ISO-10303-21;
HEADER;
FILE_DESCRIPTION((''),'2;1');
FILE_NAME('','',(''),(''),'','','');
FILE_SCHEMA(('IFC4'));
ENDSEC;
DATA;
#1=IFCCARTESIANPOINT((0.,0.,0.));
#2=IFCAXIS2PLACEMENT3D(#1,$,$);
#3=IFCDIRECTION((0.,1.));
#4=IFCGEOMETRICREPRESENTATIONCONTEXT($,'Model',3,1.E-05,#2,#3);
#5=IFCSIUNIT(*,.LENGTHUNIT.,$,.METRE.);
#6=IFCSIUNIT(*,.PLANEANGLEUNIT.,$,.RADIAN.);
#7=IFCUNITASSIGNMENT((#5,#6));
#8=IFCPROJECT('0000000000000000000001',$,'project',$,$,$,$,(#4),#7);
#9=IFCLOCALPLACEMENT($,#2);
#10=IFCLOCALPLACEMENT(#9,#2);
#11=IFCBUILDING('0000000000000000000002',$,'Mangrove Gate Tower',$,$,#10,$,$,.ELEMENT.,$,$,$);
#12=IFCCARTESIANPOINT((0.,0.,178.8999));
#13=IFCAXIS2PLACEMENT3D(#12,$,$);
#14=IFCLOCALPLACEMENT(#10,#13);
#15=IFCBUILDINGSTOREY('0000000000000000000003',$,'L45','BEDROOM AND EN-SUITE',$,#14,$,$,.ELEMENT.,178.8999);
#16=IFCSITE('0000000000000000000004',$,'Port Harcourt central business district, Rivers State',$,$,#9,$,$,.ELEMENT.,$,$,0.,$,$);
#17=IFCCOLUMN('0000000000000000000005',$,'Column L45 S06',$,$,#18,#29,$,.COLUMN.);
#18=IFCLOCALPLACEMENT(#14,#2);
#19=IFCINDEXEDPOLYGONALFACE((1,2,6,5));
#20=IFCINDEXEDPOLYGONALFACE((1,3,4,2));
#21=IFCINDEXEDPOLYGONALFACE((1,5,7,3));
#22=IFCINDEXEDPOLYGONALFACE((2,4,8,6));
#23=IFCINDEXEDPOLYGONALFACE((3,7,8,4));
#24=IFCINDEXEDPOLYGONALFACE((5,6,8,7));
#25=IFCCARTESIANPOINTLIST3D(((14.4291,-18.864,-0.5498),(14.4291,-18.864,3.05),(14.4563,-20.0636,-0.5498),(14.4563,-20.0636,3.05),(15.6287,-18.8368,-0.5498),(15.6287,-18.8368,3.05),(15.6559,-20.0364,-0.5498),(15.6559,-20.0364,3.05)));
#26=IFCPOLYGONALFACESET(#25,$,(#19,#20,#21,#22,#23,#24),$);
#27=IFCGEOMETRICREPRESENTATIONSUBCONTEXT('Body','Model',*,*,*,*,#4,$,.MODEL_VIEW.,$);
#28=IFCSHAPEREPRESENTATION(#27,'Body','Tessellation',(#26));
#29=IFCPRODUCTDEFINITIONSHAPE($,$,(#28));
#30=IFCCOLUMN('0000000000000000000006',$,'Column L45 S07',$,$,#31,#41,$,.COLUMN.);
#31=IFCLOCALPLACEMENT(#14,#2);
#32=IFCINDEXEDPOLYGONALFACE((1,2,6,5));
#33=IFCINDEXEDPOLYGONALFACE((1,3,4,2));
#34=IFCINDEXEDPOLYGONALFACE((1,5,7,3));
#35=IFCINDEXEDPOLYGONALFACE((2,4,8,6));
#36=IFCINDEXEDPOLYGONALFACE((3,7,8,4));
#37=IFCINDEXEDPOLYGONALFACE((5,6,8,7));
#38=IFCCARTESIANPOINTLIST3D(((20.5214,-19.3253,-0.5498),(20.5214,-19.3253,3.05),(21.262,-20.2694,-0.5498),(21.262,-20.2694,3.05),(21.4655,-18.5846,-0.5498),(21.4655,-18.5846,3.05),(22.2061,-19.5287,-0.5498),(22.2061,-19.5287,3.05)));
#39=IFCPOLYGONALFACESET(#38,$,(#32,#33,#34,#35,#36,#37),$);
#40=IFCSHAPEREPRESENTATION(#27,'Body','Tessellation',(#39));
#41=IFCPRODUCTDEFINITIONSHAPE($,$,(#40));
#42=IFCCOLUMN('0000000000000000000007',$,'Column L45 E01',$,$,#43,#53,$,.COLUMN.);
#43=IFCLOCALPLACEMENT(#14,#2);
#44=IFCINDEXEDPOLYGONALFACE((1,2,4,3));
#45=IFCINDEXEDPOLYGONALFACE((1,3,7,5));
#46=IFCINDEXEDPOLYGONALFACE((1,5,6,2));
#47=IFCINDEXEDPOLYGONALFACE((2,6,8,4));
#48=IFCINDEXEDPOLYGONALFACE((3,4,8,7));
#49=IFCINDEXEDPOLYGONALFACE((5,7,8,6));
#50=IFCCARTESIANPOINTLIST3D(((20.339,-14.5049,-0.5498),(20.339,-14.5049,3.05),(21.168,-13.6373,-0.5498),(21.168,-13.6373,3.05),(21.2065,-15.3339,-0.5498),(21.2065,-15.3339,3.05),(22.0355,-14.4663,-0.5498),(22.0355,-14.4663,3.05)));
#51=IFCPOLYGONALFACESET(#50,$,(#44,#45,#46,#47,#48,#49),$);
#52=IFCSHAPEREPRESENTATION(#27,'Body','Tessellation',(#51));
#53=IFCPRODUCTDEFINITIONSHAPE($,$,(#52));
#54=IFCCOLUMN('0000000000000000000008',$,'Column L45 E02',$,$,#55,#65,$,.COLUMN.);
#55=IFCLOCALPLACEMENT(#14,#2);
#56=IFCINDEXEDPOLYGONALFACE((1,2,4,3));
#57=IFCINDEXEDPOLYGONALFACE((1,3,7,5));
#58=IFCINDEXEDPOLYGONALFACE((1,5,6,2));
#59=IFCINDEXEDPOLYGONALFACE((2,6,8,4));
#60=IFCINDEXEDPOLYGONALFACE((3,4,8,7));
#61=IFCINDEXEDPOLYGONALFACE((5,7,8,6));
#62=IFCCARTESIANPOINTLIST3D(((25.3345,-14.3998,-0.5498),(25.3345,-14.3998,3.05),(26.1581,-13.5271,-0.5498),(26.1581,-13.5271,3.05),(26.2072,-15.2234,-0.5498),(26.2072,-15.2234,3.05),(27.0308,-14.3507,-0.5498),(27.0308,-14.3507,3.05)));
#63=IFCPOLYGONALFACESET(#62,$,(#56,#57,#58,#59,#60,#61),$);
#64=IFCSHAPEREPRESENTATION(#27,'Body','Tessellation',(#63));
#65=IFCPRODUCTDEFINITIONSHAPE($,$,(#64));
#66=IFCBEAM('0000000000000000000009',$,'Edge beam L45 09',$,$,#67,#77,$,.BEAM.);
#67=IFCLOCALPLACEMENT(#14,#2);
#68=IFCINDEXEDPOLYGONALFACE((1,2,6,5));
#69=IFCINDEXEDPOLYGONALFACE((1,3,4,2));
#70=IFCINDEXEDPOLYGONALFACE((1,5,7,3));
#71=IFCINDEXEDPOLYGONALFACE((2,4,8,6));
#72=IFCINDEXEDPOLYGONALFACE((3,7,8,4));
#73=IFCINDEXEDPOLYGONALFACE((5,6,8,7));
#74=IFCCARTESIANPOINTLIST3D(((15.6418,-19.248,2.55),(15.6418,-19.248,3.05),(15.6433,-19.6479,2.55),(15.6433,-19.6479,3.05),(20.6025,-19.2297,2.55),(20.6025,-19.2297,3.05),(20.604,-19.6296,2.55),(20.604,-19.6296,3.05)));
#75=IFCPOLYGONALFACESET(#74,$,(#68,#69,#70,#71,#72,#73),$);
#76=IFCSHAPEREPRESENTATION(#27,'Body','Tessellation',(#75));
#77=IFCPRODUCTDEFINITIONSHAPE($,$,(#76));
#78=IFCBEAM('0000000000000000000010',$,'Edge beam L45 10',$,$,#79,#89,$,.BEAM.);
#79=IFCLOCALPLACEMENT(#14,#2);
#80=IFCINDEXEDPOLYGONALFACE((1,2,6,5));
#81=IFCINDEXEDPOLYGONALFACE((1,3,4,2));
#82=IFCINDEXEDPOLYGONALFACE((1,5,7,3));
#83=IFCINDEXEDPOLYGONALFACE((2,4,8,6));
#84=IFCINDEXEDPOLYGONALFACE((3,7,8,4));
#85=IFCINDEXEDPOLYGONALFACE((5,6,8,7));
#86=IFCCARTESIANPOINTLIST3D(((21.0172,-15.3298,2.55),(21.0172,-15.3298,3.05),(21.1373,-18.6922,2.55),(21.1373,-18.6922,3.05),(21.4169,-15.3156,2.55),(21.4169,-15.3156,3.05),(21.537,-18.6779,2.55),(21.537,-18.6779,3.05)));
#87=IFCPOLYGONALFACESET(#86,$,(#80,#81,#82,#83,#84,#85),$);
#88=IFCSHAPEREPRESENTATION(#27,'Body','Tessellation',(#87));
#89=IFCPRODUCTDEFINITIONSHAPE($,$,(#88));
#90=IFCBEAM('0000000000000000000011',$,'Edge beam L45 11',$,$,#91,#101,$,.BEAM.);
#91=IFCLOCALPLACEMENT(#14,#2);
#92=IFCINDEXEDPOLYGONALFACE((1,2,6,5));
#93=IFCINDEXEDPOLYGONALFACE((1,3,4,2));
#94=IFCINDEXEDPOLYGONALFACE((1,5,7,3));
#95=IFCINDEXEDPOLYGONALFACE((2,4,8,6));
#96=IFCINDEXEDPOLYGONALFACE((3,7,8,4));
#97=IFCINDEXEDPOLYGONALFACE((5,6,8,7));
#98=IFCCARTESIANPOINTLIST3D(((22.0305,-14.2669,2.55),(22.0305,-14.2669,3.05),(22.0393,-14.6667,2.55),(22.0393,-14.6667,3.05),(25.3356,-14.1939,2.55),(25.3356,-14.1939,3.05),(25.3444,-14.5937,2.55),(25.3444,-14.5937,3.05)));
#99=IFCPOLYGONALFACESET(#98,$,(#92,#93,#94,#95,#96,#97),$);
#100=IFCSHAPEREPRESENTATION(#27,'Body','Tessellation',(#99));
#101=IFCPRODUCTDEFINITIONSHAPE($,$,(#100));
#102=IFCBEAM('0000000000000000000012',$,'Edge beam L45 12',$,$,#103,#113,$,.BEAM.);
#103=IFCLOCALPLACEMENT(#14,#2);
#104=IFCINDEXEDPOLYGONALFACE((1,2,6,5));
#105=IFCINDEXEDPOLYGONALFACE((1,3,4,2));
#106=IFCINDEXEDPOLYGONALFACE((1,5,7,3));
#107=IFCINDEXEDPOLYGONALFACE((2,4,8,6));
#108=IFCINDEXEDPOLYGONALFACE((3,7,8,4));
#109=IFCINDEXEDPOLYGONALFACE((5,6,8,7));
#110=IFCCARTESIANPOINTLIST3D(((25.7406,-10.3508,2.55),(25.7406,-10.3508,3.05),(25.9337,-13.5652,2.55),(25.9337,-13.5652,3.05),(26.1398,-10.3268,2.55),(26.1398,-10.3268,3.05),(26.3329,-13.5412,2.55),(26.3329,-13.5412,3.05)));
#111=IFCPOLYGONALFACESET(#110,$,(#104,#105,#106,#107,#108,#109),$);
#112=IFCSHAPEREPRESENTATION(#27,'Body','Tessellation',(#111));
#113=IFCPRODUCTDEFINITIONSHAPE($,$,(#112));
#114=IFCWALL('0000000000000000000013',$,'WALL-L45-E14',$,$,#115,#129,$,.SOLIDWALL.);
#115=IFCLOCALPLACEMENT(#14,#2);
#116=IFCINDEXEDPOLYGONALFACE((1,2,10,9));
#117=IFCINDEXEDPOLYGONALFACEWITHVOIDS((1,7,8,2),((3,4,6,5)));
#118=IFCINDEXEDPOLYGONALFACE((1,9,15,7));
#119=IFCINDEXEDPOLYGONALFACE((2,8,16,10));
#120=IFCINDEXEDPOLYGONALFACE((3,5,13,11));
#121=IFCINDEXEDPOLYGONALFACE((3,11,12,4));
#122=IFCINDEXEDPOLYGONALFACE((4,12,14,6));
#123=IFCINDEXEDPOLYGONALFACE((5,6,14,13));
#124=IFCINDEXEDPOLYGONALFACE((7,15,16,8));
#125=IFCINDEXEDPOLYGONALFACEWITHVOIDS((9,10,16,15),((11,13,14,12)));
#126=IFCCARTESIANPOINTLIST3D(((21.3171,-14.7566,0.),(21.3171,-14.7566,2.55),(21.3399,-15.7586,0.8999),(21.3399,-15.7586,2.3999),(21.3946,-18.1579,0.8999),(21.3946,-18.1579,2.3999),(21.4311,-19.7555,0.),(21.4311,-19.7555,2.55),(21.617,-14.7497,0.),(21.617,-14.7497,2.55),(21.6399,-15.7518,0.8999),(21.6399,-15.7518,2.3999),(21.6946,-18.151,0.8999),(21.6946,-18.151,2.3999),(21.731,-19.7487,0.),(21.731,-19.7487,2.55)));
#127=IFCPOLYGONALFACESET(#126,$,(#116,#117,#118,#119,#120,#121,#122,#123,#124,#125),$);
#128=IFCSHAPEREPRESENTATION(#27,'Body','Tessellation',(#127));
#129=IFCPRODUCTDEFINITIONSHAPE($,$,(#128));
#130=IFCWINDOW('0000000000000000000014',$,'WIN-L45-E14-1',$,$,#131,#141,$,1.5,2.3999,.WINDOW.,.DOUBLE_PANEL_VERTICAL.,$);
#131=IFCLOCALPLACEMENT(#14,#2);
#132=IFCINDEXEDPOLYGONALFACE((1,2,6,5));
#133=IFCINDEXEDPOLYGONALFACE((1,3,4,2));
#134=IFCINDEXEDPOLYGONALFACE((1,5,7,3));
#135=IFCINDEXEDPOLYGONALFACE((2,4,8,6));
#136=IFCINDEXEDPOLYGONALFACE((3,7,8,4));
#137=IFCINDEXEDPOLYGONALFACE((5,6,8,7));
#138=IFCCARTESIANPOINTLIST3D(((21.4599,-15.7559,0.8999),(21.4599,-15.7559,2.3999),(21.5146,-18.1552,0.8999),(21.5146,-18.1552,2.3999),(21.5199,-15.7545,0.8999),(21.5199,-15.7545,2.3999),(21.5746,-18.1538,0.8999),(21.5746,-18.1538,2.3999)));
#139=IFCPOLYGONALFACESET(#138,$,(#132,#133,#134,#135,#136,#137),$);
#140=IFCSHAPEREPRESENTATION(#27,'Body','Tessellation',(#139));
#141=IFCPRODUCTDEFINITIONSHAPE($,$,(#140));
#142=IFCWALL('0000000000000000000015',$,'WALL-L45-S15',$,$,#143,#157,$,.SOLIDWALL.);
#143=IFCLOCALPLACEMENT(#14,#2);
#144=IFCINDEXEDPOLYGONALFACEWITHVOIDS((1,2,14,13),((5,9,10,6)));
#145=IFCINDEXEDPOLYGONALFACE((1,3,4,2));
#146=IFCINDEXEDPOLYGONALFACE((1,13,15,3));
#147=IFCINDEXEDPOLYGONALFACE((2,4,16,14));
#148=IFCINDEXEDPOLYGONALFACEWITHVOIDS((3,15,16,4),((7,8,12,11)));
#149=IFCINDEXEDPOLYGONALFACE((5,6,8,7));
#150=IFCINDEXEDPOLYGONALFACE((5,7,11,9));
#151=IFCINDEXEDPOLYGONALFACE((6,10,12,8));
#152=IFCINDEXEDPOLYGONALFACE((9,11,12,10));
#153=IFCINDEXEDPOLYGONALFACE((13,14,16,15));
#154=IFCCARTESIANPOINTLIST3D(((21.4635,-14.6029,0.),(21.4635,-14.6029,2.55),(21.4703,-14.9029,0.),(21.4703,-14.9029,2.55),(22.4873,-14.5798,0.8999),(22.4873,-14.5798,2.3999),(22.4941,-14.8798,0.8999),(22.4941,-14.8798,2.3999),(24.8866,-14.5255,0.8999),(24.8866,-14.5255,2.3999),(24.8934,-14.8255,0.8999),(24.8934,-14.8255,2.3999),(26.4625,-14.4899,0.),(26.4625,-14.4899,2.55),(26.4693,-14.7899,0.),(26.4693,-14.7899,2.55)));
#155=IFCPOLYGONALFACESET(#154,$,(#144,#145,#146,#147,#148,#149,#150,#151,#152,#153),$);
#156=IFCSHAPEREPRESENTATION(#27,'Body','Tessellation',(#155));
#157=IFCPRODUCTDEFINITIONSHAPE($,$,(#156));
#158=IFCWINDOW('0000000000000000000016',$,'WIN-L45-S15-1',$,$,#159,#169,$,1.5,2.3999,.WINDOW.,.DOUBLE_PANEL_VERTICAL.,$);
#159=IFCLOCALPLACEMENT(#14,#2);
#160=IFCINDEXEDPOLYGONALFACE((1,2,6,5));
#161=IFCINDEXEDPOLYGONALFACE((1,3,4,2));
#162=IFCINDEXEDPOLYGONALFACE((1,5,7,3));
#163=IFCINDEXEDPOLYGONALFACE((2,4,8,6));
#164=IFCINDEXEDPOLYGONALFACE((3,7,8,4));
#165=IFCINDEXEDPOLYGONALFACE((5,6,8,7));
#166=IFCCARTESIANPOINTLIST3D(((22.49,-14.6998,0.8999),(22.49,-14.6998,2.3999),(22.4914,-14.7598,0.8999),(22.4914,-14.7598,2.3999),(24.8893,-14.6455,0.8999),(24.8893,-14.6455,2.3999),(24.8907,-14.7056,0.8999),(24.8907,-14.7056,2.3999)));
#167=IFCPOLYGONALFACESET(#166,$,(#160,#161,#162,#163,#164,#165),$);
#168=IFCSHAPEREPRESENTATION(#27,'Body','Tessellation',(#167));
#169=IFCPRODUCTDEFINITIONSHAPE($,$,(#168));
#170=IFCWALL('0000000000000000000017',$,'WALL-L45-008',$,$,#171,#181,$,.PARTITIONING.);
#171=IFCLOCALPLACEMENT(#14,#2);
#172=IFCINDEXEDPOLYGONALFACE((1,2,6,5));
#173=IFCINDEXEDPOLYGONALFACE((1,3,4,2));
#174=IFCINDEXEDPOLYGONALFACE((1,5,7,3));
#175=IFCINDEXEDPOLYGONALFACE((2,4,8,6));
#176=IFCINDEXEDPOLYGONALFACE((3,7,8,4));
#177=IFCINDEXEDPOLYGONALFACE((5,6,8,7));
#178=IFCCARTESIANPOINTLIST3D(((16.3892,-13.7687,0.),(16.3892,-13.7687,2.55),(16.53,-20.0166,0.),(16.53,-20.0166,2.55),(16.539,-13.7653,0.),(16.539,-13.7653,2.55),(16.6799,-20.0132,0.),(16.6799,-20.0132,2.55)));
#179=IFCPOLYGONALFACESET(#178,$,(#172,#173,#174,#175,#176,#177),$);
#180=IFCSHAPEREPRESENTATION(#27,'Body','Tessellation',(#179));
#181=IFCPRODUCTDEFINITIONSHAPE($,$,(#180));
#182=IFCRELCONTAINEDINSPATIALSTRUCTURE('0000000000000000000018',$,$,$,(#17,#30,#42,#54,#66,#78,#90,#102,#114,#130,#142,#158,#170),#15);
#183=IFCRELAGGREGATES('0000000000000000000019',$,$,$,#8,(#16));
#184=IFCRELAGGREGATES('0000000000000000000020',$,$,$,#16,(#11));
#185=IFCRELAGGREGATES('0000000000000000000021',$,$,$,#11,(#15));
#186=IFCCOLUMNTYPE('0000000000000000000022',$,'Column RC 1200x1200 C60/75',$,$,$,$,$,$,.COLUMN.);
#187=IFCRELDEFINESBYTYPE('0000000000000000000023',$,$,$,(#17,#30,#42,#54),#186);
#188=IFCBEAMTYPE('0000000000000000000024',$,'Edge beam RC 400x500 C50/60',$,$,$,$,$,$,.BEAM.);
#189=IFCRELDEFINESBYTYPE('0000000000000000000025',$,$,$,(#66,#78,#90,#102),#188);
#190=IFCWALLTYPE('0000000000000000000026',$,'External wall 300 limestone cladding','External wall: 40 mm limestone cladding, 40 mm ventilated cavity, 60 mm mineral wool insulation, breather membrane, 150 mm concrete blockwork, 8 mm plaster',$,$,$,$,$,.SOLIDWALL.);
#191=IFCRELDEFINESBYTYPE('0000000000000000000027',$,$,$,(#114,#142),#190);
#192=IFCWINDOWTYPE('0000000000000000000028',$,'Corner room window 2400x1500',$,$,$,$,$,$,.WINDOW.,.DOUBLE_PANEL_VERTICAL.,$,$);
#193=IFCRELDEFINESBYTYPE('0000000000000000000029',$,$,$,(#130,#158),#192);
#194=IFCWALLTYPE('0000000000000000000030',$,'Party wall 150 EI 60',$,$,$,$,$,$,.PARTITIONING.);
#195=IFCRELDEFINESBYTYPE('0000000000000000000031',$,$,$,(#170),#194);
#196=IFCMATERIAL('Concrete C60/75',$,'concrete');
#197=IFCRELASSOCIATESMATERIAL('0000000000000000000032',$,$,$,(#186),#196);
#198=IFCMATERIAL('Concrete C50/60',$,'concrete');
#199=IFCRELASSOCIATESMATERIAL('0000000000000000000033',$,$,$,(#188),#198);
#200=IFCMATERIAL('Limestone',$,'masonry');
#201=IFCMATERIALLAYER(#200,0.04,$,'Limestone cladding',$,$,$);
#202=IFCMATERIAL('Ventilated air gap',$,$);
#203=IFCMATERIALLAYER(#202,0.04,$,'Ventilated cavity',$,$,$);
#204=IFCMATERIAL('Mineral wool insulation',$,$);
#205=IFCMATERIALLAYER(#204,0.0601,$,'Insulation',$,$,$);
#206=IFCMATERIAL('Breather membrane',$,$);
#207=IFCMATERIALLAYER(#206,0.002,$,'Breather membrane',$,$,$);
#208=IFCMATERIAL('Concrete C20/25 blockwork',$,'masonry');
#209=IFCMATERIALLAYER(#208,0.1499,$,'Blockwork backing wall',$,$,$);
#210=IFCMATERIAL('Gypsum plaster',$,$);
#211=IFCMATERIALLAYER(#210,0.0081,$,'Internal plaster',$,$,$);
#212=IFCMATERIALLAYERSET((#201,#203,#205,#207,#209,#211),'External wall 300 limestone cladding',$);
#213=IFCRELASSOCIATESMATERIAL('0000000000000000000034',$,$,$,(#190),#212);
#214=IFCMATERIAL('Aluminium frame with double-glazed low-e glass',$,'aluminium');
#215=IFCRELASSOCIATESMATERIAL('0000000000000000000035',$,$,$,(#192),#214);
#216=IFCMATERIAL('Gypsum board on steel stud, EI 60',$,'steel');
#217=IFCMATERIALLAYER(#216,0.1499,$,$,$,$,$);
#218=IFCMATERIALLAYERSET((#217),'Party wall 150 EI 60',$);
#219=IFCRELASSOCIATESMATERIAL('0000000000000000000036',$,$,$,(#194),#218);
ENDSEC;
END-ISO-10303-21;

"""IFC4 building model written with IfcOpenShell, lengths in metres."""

from ifc_helpers import new_model, si_unit, direction, frame, frame_2d, origin, origin_2d, place, context, subcontext, project, spatial, rectangle, extrude, material, layer, layer_set, material_profile, profile_set, type_object, element, fill, save


model = new_model("IFC4")

# Units and contexts
model_context = context("Model", 3, precision=1e-05, world=origin(), true_north=direction((0.0, 1.0)))
body_context = subcontext(model_context, "Body", "Model", "MODEL_VIEW")
ifc_project = project(units=[si_unit("LENGTHUNIT", "METRE"), si_unit("PLANEANGLEUNIT", "RADIAN")], contexts=[model_context])

# Site, building, storey
site_placement = place(None, origin())
site = spatial("IfcSite", under=ifc_project, at=site_placement, Name="Port Harcourt central business district, Rivers State", CompositionType="ELEMENT", RefElevation=0.0)
building_placement = place(site_placement, origin())
building = spatial("IfcBuilding", under=site, at=building_placement, Name="Mangrove Gate Tower", CompositionType="ELEMENT")
storey_placement = place(building_placement, frame((0.0, 0.0, 178.8999)))
storey = spatial("IfcBuildingStorey", under=building, at=storey_placement, Name="L45", Description="BEDROOM AND EN-SUITE", CompositionType="ELEMENT", Elevation=178.8999)

# Columns
ifc_material_1 = material(Name="Concrete C60/75", Category="concrete")
ifc_material_profile_1 = material_profile(ifc_material_1, rectangle(XDim=1.2, YDim=1.2, at=origin_2d()))
ifc_profile_set_1 = profile_set([ifc_material_profile_1], Name="Concrete C60/75")
column_type = type_object("IfcColumnType", Name="Column RC 1200x1200 C60/75", PredefinedType="COLUMN", material=ifc_profile_set_1)
for number, where, z_axis, x_axis, name in (
    (1, (15.0425, -19.4502, -0.5498), (0.0, 0.0, 1.0), (0.999743, 0.022681, 0.0), "Column L45 S06"),
    (2, (21.3638, -19.427, -0.5498), (0.0, 0.0, 1.0), (0.786796, 0.617213, 0.0), "Column L45 S07"),
    (3, (21.1873, -14.4856, -0.5498), (0.0, 0.0, 1.0), (0.690873, 0.722977, 0.0), "Column L45 E01"),
    (4, (26.1826, -14.3752, -0.5498), (0.0, 0.0, 1.0), (0.686359, 0.727263, 0.0), "Column L45 E02"),
):
    element("IfcColumn", number, at=place(storey_placement, frame(where, z_axis=z_axis, x_axis=x_axis)), inside=storey, type_object=column_type, Name=name, PredefinedType="COLUMN", context=body_context, shape_type="SweptSolid", body=[
        extrude(rectangle(XDim=1.2, YDim=1.2, at=origin_2d()), origin(), (0.0, 0.0, 1.0), 3.5999),
    ])

# Beams
ifc_material_2 = material(Name="Concrete C50/60", Category="concrete")
ifc_material_profile_2 = material_profile(ifc_material_2, rectangle(XDim=0.3999, YDim=0.5, at=origin_2d()))
ifc_profile_set_2 = profile_set([ifc_material_profile_2], Name="Concrete C50/60")
beam_type = type_object("IfcBeamType", Name="Edge beam RC 400x500 C50/60", PredefinedType="BEAM", material=ifc_profile_set_2)
beam_1_placement = place(storey_placement, frame((15.6426, -19.448, 2.8), z_axis=(0.999993, 0.003691, 0.0), x_axis=(-0.003691, 0.999993, 0.0)))
element("IfcBeam", 5, at=beam_1_placement, inside=storey, type_object=beam_type, Name="Edge beam L45 09", PredefinedType="BEAM", context=body_context, shape_type="SweptSolid", body=[
    extrude(rectangle(XDim=0.3999, YDim=0.5, at=origin_2d()), origin(), (0.0, 0.0, 1.0), 4.9607),
])
beam_2_placement = place(storey_placement, frame((21.3372, -18.6851, 2.8), z_axis=(-0.035702, 0.999362, 0.0), x_axis=(-0.999362, -0.035702, 0.0)))
element("IfcBeam", 6, at=beam_2_placement, inside=storey, type_object=beam_type, Name="Edge beam L45 10", PredefinedType="BEAM", context=body_context, shape_type="SweptSolid", body=[
    extrude(rectangle(XDim=0.3999, YDim=0.5, at=origin_2d()), origin(), (0.0, 0.0, 1.0), 3.3645),
])
beam_3_placement = place(storey_placement, frame((22.0349, -14.4668, 2.8), z_axis=(0.999756, 0.022081, 0.0), x_axis=(-0.022081, 0.999756, 0.0)))
element("IfcBeam", 7, at=beam_3_placement, inside=storey, type_object=beam_type, Name="Edge beam L45 11", PredefinedType="BEAM", context=body_context, shape_type="SweptSolid", body=[
    extrude(rectangle(XDim=0.3999, YDim=0.5, at=origin_2d()), origin(), (0.0, 0.0, 1.0), 3.3059),
])
beam_4_placement = place(storey_placement, frame((26.1333, -13.5532, 2.8), z_axis=(-0.059971, 0.9982, 0.0), x_axis=(-0.9982, -0.059971, 0.0)))
element("IfcBeam", 8, at=beam_4_placement, inside=storey, type_object=beam_type, Name="Edge beam L45 12", PredefinedType="BEAM", context=body_context, shape_type="SweptSolid", body=[
    extrude(rectangle(XDim=0.3999, YDim=0.5, at=origin_2d()), origin(), (0.0, 0.0, 1.0), 3.2202),
])

# Shared definitions
ifc_material_3 = material(Name="Limestone", Category="masonry")
ifc_layer_1 = layer(ifc_material_3, 0.04, Name="Limestone cladding")
ifc_material_4 = material(Name="Ventilated air gap")
ifc_layer_2 = layer(ifc_material_4, 0.04, Name="Ventilated cavity")
ifc_material_5 = material(Name="Mineral wool insulation")
ifc_layer_3 = layer(ifc_material_5, 0.0601, Name="Insulation")
ifc_material_6 = material(Name="Breather membrane")
ifc_layer_4 = layer(ifc_material_6, 0.002, Name="Breather membrane")
ifc_material_7 = material(Name="Concrete C20/25 blockwork", Category="masonry")
ifc_layer_5 = layer(ifc_material_7, 0.1499, Name="Blockwork backing wall")
ifc_material_8 = material(Name="Gypsum plaster")
ifc_layer_6 = layer(ifc_material_8, 0.0081, Name="Internal plaster")
ifc_layer_set_1 = layer_set([ifc_layer_1, ifc_layer_2, ifc_layer_3, ifc_layer_4, ifc_layer_5, ifc_layer_6], Name="External wall 300 limestone cladding")
wall_type_1 = type_object("IfcWallType", Name="External wall 300 limestone cladding", Description="External wall: 40 mm limestone cladding, 40 mm ventilated cavity, 60 mm mineral wool insulation, breather membrane, 150 mm concrete blockwork, 8 mm plaster", PredefinedType="SOLIDWALL", material=ifc_layer_set_1)

# Walls, openings, windows
wall_1_placement = place(storey_placement, frame((21.5811, -19.752, 0.0), z_axis=(0.0, 0.0, 1.0), x_axis=(-0.022801, 0.99974, 0.0)))
wall_1 = element("IfcWall", 9, at=wall_1_placement, inside=storey, type_object=wall_type_1, Name="WALL-L45-E14", PredefinedType="SOLIDWALL", context=body_context, shape_type="SweptSolid", body=[
    extrude(rectangle(XDim=5.0002, YDim=0.3, at=frame_2d((2.5, 0.0))), origin(), (0.0, 0.0, 1.0), 2.55),
])
opening_1_placement = place(wall_1_placement, frame((1.5979, 0.0, 0.8999)))
opening_1 = element("IfcOpeningElement", 10, at=opening_1_placement, cuts=wall_1, PredefinedType="OPENING", context=body_context, shape_type="SweptSolid", body=[
    extrude(rectangle(XDim=2.3999, YDim=1.5, at=frame_2d((1.2, 0.75))), frame((0.0, 0.1599, 0.0), z_axis=(0.0, -1.0, 0.0), x_axis=(1.0, 0.0, 0.0)), (0.0, 0.0, 1.0), 0.3201),
])
ifc_material_9 = material(Name="Aluminium frame with double-glazed low-e glass", Category="aluminium")
window_type_1 = type_object("IfcWindowType", Name="Corner room window 2400x1500", PartitioningType="DOUBLE_PANEL_VERTICAL", PredefinedType="WINDOW", material=ifc_material_9)
window_1_placement = place(opening_1_placement, origin())
window_1 = element("IfcWindow", 11, at=window_1_placement, inside=storey, type_object=window_type_1, Name="WIN-L45-E14-1", OverallHeight=1.5, OverallWidth=2.3999, PartitioningType="DOUBLE_PANEL_VERTICAL", PredefinedType="WINDOW", context=body_context, shape_type="SweptSolid", body=[
    extrude(rectangle(XDim=2.3999, YDim=1.5, at=frame_2d((1.2, 0.75))), frame((0.0, 0.03, 0.0), z_axis=(0.0, -1.0, 0.0), x_axis=(1.0, 0.0, 0.0)), (0.0, 0.0, 1.0), 0.0601),
])
fill(opening_1, window_1)
wall_2_placement = place(storey_placement, frame((21.467, -14.7529, 0.0), z_axis=(0.0, 0.0, 1.0), x_axis=(0.999744, 0.022606, 0.0)))
wall_2 = element("IfcWall", 12, at=wall_2_placement, inside=storey, type_object=wall_type_1, Name="WALL-L45-S15", PredefinedType="SOLIDWALL", context=body_context, shape_type="SweptSolid", body=[
    extrude(rectangle(XDim=5.0002, YDim=0.3, at=frame_2d((2.5, 0.0))), origin(), (0.0, 0.0, 1.0), 2.55),
])
opening_2_placement = place(wall_2_placement, frame((1.0239, 0.0, 0.8999)))
opening_2 = element("IfcOpeningElement", 13, at=opening_2_placement, cuts=wall_2, PredefinedType="OPENING", context=body_context, shape_type="SweptSolid", body=[
    extrude(rectangle(XDim=2.3999, YDim=1.5, at=frame_2d((1.2, 0.75))), frame((0.0, 0.1599, 0.0), z_axis=(0.0, -1.0, 0.0), x_axis=(1.0, 0.0, 0.0)), (0.0, 0.0, 1.0), 0.3201),
])
window_2_placement = place(opening_2_placement, origin())
window_2 = element("IfcWindow", 14, at=window_2_placement, inside=storey, type_object=window_type_1, Name="WIN-L45-S15-1", OverallHeight=1.5, OverallWidth=2.3999, PartitioningType="DOUBLE_PANEL_VERTICAL", PredefinedType="WINDOW", context=body_context, shape_type="SweptSolid", body=[
    extrude(rectangle(XDim=2.3999, YDim=1.5, at=frame_2d((1.2, 0.75))), frame((0.0, 0.03, 0.0), z_axis=(0.0, -1.0, 0.0), x_axis=(1.0, 0.0, 0.0)), (0.0, 0.0, 1.0), 0.0601),
])
fill(opening_2, window_2)

# Wall
ifc_material_10 = material(Name="Gypsum board on steel stud, EI 60", Category="steel")
ifc_layer_7 = layer(ifc_material_10, 0.1499)
ifc_layer_set_2 = layer_set([ifc_layer_7], Name="Party wall 150 EI 60")
wall_type_2 = type_object("IfcWallType", Name="Party wall 150 EI 60", PredefinedType="PARTITIONING", material=ifc_layer_set_2)
wall_3_placement = place(storey_placement, frame((16.605, -20.0149, 0.0), z_axis=(0.0, 0.0, 1.0), x_axis=(-0.022541, 0.999746, 0.0)))
element("IfcWall", 15, at=wall_3_placement, inside=storey, type_object=wall_type_2, Name="WALL-L45-008", PredefinedType="PARTITIONING", context=body_context, shape_type="SweptSolid", body=[
    extrude(rectangle(XDim=6.2495, YDim=0.1499, at=frame_2d((3.1248, 0.0))), origin(), (0.0, 0.0, 1.0), 2.55),
])

save(model, "model.ifc")
